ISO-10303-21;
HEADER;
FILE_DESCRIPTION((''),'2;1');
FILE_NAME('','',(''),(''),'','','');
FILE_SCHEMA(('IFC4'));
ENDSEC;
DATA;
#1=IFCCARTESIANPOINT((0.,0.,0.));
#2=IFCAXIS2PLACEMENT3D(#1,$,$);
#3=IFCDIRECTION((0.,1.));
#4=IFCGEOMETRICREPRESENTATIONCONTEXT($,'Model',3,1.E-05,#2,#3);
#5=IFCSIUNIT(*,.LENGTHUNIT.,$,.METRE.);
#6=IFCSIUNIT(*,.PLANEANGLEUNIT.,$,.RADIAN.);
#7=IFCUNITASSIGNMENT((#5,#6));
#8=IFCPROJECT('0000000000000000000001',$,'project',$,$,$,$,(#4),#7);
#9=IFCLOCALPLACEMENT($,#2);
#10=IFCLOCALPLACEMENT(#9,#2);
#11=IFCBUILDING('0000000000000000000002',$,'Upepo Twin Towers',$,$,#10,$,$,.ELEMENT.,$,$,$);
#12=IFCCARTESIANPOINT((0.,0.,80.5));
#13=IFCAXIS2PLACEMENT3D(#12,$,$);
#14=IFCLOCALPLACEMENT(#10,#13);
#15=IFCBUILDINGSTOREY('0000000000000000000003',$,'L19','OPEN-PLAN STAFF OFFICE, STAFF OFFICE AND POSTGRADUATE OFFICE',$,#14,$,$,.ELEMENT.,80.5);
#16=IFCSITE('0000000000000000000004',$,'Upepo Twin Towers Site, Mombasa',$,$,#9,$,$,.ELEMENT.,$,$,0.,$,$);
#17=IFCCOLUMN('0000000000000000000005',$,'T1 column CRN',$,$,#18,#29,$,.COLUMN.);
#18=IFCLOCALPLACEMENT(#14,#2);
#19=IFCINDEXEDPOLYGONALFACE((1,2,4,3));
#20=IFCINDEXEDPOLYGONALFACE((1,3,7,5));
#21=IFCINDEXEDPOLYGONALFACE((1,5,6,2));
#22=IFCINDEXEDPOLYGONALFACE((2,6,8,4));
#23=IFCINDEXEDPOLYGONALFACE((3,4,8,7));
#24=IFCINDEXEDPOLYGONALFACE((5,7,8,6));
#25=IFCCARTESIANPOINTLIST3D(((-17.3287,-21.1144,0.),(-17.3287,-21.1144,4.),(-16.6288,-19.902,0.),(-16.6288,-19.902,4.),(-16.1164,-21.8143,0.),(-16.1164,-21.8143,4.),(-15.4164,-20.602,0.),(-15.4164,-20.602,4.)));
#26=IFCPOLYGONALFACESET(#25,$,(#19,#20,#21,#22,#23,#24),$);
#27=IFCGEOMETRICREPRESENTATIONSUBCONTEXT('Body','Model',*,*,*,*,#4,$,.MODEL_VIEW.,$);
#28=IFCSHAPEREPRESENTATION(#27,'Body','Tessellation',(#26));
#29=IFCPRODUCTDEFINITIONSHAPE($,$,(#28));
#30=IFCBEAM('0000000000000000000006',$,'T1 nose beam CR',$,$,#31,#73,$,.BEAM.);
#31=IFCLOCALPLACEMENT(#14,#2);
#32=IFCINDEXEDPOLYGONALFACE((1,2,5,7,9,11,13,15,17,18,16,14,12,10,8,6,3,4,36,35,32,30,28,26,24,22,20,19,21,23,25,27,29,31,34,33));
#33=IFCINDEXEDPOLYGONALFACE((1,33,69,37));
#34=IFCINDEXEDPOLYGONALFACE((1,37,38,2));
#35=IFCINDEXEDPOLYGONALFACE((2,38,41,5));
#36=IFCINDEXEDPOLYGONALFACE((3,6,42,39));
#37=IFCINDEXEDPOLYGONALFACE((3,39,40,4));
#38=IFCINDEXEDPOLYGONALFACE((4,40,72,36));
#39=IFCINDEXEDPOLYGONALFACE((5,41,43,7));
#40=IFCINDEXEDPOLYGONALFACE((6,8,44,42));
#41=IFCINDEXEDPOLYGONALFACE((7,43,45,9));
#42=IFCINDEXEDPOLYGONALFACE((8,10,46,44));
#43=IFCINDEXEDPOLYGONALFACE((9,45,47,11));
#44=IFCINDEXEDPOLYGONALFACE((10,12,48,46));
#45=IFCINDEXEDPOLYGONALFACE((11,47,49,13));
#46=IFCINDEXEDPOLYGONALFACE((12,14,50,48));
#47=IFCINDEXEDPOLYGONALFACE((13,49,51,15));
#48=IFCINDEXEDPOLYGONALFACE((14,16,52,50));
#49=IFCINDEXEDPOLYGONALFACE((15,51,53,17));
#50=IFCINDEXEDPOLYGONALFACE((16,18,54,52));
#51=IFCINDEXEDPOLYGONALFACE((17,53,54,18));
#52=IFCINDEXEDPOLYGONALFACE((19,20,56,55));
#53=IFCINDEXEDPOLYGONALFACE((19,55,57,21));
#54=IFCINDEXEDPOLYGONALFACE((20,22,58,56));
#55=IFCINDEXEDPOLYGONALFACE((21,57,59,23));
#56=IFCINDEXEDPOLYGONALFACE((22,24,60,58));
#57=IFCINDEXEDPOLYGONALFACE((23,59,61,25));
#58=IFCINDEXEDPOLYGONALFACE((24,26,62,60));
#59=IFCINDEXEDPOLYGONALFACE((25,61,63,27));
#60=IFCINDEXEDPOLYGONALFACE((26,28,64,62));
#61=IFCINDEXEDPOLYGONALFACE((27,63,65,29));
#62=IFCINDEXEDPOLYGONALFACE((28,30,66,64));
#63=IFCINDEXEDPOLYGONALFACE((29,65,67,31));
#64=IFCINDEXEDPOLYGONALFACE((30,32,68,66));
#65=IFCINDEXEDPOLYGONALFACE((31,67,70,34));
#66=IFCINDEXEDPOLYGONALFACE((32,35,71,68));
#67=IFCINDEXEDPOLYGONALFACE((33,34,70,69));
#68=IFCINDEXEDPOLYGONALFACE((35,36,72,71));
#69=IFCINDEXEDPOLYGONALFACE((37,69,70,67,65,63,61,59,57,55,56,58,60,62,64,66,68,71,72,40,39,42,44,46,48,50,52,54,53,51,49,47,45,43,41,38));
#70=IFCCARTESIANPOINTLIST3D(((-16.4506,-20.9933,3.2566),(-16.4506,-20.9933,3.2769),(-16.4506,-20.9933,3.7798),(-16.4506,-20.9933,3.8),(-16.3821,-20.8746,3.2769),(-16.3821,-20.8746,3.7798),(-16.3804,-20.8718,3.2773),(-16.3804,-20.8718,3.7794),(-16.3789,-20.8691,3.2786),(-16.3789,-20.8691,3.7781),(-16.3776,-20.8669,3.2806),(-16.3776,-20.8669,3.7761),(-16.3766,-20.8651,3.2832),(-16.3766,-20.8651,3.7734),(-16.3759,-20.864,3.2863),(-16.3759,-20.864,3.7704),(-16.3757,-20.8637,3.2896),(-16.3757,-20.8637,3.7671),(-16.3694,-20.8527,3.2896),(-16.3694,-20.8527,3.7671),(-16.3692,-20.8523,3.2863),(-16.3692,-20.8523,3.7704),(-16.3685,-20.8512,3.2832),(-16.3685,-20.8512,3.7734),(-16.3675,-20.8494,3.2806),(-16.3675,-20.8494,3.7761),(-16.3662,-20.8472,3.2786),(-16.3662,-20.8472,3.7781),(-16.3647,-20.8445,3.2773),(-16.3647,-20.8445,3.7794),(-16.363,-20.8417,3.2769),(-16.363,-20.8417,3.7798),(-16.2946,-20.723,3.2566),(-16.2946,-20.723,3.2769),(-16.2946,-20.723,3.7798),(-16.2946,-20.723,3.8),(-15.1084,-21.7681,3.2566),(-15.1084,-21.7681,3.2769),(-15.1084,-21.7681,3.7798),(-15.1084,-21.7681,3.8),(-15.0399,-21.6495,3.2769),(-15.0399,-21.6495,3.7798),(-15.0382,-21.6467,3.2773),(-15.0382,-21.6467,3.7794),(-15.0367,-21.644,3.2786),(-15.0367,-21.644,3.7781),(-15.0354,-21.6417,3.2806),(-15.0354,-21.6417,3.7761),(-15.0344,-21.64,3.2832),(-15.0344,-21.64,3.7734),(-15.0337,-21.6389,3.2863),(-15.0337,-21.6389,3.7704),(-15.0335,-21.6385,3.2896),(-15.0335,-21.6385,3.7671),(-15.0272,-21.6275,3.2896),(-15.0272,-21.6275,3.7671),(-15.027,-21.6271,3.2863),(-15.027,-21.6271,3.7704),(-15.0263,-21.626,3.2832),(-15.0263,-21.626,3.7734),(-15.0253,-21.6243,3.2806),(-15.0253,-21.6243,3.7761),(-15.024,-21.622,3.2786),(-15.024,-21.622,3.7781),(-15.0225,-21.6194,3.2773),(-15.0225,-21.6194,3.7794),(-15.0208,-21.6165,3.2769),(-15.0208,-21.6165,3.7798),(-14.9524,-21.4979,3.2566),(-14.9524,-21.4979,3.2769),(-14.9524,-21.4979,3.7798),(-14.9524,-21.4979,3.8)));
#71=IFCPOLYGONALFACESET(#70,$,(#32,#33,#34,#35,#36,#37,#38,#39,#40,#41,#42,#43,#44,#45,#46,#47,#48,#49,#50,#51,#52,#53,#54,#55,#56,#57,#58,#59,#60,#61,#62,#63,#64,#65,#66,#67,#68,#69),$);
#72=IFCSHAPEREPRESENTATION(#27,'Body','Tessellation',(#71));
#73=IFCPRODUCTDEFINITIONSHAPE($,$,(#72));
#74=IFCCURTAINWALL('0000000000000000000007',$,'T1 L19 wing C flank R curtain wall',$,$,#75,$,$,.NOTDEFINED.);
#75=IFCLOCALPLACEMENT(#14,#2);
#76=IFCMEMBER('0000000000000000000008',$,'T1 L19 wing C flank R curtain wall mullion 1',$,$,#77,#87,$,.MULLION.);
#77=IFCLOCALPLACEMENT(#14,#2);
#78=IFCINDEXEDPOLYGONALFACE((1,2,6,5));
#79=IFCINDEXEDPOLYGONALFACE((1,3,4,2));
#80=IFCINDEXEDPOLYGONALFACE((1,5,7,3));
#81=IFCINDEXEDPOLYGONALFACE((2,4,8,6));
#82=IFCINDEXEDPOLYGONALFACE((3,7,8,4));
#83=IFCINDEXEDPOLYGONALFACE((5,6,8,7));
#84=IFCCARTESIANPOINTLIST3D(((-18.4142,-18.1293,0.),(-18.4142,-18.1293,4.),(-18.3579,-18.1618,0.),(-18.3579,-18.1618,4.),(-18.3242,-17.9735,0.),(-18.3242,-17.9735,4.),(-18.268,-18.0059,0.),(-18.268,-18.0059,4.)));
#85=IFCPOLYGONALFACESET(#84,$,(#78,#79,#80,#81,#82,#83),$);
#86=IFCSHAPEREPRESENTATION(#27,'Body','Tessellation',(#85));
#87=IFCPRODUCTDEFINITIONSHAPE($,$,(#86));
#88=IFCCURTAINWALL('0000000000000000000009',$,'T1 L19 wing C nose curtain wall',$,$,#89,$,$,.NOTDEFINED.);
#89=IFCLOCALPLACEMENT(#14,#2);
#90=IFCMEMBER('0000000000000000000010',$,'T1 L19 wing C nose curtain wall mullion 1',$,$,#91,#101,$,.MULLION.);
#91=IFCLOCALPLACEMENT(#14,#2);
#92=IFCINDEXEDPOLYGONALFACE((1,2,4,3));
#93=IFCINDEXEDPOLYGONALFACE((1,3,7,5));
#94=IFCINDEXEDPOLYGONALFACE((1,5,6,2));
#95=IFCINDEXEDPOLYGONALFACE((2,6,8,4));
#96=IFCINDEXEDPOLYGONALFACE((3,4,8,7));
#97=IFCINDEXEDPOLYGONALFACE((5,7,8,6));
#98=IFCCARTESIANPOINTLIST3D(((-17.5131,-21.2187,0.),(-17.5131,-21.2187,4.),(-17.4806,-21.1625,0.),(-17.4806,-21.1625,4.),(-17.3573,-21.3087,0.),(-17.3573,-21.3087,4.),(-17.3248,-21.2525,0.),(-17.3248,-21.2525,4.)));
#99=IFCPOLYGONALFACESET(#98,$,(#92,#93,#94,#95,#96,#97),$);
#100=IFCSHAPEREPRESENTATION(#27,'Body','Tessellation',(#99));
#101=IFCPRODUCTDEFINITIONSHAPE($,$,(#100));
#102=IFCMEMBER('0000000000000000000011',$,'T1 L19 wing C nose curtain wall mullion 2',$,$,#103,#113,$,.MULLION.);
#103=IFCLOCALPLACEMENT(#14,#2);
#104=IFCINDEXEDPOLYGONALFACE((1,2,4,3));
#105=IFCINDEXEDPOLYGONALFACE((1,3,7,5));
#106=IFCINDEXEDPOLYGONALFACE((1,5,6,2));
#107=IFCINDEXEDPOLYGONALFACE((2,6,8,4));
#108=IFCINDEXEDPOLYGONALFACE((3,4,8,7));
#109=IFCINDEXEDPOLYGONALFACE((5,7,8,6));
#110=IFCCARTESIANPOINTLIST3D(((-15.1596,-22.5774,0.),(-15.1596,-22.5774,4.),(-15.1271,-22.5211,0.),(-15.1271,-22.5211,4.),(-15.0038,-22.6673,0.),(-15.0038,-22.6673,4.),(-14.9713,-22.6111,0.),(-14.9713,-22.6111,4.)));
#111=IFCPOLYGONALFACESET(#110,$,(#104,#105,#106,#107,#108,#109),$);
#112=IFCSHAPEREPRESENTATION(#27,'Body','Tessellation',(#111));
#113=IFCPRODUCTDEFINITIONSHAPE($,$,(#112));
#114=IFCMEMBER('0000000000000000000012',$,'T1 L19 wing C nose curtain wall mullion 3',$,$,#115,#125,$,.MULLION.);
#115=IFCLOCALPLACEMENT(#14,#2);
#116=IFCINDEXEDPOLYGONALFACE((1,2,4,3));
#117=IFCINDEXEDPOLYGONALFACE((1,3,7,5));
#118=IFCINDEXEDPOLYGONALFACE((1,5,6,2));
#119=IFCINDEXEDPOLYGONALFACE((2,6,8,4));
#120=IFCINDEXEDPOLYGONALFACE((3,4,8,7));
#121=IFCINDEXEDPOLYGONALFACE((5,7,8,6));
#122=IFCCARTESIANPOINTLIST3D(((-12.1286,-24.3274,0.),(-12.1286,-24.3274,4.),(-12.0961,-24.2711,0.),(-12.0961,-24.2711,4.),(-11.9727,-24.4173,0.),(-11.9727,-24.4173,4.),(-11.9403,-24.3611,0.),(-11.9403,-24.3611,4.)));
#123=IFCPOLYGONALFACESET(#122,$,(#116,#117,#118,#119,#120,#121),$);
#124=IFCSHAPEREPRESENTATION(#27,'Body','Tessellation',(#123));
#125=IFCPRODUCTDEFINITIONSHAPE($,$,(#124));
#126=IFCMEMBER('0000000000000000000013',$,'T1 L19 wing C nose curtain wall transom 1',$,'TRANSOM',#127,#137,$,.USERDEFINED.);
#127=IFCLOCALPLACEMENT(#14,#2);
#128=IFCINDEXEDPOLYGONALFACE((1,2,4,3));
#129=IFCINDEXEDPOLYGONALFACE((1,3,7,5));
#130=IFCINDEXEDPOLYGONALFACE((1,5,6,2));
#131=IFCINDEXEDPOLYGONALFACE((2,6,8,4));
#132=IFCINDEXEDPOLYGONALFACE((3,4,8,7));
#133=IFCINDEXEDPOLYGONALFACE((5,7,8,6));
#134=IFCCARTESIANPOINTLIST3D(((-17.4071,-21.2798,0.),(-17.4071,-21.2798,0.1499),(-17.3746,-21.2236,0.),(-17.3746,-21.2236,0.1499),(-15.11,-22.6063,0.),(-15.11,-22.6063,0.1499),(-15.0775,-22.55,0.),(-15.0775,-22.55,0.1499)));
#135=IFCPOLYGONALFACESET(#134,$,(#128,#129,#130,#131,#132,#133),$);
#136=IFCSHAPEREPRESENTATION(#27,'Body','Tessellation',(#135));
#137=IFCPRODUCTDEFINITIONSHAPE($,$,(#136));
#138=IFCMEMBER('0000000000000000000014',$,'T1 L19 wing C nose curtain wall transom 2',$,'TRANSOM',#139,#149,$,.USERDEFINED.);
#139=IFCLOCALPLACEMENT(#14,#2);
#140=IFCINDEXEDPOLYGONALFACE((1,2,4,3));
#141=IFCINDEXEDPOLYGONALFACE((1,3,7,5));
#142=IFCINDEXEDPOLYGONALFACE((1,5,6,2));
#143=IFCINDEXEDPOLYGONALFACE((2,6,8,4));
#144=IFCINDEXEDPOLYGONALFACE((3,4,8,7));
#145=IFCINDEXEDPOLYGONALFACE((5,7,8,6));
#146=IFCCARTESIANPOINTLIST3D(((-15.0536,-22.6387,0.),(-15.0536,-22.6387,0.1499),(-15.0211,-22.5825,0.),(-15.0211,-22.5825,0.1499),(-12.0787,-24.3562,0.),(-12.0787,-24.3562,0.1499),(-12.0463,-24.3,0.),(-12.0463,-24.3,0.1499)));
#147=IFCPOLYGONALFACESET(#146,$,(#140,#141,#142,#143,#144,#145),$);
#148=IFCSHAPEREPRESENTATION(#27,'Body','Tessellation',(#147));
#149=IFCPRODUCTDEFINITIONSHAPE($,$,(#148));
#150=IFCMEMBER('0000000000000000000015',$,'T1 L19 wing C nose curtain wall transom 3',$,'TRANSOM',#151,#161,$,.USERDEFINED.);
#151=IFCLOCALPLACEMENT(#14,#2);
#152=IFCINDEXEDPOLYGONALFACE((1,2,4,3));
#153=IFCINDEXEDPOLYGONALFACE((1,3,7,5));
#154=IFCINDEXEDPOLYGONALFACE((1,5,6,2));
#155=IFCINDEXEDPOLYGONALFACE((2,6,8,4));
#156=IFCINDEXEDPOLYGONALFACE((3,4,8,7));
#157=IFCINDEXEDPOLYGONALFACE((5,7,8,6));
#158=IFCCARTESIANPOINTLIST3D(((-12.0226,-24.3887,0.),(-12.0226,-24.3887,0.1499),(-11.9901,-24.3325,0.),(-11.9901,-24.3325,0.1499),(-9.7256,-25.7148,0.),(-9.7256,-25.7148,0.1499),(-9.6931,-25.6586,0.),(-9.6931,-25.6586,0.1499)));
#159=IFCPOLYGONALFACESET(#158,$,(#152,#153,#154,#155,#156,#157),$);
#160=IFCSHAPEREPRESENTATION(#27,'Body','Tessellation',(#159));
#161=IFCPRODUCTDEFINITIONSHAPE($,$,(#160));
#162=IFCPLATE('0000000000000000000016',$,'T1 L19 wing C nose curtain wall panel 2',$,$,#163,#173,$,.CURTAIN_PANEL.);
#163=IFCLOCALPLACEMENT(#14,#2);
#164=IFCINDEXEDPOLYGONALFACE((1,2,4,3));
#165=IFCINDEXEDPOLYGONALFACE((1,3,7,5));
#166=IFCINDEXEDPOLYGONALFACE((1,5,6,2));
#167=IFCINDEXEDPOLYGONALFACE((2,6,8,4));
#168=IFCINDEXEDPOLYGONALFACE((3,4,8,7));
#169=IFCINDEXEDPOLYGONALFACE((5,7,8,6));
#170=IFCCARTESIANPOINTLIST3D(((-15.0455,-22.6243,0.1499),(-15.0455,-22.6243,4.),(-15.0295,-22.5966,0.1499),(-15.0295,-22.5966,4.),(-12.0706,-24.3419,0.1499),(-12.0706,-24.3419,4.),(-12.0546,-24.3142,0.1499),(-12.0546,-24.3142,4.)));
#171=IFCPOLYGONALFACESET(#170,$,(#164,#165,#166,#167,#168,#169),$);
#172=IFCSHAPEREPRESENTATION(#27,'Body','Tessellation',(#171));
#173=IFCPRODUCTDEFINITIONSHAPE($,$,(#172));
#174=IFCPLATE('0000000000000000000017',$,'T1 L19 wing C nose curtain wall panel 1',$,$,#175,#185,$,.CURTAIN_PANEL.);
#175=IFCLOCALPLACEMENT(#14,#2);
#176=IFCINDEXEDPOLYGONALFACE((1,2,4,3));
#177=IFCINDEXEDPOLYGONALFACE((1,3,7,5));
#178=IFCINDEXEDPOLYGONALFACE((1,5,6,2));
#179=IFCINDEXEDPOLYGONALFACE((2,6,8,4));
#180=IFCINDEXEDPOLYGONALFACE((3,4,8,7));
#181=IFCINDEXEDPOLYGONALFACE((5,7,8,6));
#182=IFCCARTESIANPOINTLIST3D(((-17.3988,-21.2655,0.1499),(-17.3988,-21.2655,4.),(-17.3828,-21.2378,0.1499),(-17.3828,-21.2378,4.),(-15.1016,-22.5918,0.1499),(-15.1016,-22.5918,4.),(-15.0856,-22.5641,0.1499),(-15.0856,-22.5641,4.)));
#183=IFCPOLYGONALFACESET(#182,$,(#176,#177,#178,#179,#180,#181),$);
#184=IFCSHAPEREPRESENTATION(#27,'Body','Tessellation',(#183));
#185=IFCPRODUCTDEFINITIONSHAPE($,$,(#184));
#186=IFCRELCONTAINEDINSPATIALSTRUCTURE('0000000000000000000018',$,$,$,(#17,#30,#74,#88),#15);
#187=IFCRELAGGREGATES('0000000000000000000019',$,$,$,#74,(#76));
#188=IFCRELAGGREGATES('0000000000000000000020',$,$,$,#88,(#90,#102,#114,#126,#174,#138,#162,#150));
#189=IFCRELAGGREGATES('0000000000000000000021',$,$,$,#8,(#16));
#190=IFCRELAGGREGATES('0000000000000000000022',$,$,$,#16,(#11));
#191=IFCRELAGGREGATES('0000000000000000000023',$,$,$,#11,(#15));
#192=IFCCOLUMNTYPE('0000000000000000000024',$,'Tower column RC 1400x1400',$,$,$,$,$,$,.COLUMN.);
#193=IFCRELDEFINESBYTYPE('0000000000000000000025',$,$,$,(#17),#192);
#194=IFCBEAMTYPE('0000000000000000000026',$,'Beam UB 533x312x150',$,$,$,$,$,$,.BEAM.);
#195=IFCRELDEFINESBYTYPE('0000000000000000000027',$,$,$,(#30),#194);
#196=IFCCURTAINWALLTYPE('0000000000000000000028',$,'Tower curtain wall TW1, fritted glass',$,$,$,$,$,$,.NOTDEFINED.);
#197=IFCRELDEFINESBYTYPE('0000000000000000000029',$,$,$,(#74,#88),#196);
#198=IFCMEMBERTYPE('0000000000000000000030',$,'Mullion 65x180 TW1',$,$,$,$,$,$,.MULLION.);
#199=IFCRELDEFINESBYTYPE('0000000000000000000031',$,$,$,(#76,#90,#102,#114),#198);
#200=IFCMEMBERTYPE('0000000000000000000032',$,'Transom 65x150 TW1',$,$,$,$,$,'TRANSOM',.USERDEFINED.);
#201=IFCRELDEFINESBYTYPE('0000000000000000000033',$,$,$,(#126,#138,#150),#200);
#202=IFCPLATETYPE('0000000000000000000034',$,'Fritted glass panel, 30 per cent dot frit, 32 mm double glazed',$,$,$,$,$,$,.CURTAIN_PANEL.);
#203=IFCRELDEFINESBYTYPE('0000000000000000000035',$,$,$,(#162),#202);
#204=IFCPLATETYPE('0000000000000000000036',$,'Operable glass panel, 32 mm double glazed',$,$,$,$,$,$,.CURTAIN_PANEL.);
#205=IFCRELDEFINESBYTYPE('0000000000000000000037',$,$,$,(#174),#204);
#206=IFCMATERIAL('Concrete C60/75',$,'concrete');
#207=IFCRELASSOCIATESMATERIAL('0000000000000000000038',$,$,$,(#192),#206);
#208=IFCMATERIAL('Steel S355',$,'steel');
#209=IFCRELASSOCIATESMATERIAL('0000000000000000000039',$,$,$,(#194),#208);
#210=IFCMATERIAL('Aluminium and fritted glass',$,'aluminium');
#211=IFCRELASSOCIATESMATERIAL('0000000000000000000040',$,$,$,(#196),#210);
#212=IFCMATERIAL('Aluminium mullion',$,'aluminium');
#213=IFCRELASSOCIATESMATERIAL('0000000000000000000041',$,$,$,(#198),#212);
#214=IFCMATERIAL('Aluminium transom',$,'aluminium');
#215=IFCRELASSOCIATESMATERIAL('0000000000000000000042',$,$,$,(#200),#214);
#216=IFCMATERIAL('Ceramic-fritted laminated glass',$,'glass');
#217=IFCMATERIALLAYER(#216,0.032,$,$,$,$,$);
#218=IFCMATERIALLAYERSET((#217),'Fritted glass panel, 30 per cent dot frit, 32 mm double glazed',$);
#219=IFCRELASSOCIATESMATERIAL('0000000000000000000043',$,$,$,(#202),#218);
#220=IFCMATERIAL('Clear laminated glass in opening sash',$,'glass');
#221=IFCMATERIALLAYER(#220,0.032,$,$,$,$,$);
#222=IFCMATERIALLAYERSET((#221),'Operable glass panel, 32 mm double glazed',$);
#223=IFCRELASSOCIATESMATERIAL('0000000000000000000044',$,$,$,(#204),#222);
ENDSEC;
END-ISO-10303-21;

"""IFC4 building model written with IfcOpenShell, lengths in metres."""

from ifc_helpers import new_model, si_unit, direction, frame, origin, origin_2d, place, context, subcontext, project, spatial, rectangle, i_section, extrude, material, layer, layer_set, material_profile, profile_set, type_object, element, aggregate, save


model = new_model("IFC4")

# Units and contexts
model_context = context("Model", 3, precision=1e-05, world=origin(), true_north=direction((0.0, 1.0)))
body_context = subcontext(model_context, "Body", "Model", "MODEL_VIEW")
ifc_project = project(units=[si_unit("LENGTHUNIT", "METRE"), si_unit("PLANEANGLEUNIT", "RADIAN")], contexts=[model_context])

# Site, building, storey
site_placement = place(None, origin())
site = spatial("IfcSite", under=ifc_project, at=site_placement, Name="Upepo Twin Towers Site, Mombasa", CompositionType="ELEMENT", RefElevation=0.0)
building_placement = place(site_placement, origin())
building = spatial("IfcBuilding", under=site, at=building_placement, Name="Upepo Twin Towers", CompositionType="ELEMENT")
storey_placement = place(building_placement, frame((0.0, 0.0, 80.5)))
storey = spatial("IfcBuildingStorey", under=building, at=storey_placement, Name="L19", Description="OPEN-PLAN STAFF OFFICE, STAFF OFFICE AND POSTGRADUATE OFFICE", CompositionType="ELEMENT", Elevation=80.5)

# Column
ifc_material_1 = material(Name="Concrete C60/75", Category="concrete")
ifc_material_profile_1 = material_profile(ifc_material_1, rectangle(XDim=1.3999, YDim=1.3999, at=origin_2d()), Name="RC 1400x1400")
ifc_profile_set_1 = profile_set([ifc_material_profile_1], Name="Concrete C60/75")
column_type = type_object("IfcColumnType", Name="Tower column RC 1400x1400", PredefinedType="COLUMN", material=ifc_profile_set_1)
column_placement = place(storey_placement, frame((-16.3726, -20.8582, 0.0), z_axis=(0.0, 0.0, 1.0), x_axis=(0.5, 0.866025, 0.0)))
element("IfcColumn", 1, at=column_placement, inside=storey, type_object=column_type, Name="T1 column CRN", PredefinedType="COLUMN", context=body_context, shape_type="SweptSolid", body=[
    extrude(rectangle(XDim=1.3999, YDim=1.3999, at=origin_2d()), origin(), (0.0, 0.0, 1.0), 4.0),
])

# Beam
ifc_material_2 = material(Name="Steel S355", Category="steel")
ifc_material_profile_2 = material_profile(ifc_material_2, i_section(OverallWidth=0.312, OverallDepth=0.5435, WebThickness=0.0127, FlangeThickness=0.0203, FilletRadius=0.0127, at=origin_2d()), Name="UB 533x312x150")
ifc_profile_set_2 = profile_set([ifc_material_profile_2], Name="Steel S355")
beam_type = type_object("IfcBeamType", Name="Beam UB 533x312x150", PredefinedType="BEAM", material=ifc_profile_set_2)
beam_placement = place(storey_placement, frame((-16.3726, -20.8582, 3.5283), z_axis=(0.866044, -0.499968, 0.0), x_axis=(0.499968, 0.866044, 0.0)))
element("IfcBeam", 2, at=beam_placement, inside=storey, type_object=beam_type, Name="T1 nose beam CR", PredefinedType="BEAM", context=body_context, shape_type="SweptSolid", body=[
    extrude(i_section(OverallWidth=0.312, OverallDepth=0.5435, WebThickness=0.0127, FlangeThickness=0.0203, FilletRadius=0.0127, at=origin_2d()), origin(), (0.0, 0.0, 1.0), 1.5498),
])

# Curtain wall, member
ifc_material_3 = material(Name="Aluminium and fritted glass", Category="aluminium")
curtain_wall_type = type_object("IfcCurtainWallType", Name="Tower curtain wall TW1, fritted glass", PredefinedType="NOTDEFINED", material=ifc_material_3)
curtain_wall_1_placement = place(storey_placement, origin())
curtain_wall_1 = element("IfcCurtainWall", 3, at=curtain_wall_1_placement, inside=storey, type_object=curtain_wall_type, Name="T1 L19 wing C flank R curtain wall", PredefinedType="NOTDEFINED")
ifc_material_4 = material(Name="Aluminium mullion", Category="aluminium")
ifc_material_profile_3 = material_profile(ifc_material_4, rectangle(XDim=0.0649, YDim=0.1799, at=origin_2d()), Name="MULLION 65x180")
ifc_profile_set_3 = profile_set([ifc_material_profile_3], Name="Aluminium mullion")
member_type_1 = type_object("IfcMemberType", Name="Mullion 65x180 TW1", PredefinedType="MULLION", material=ifc_profile_set_3)
member_1_placement = place(storey_placement, frame((-18.3411, -18.0676, 0.0), z_axis=(0.0, 0.0, 1.0), x_axis=(-0.866025, 0.5, 0.0)))
member_1 = element("IfcMember", 4, at=member_1_placement, type_object=member_type_1, Name="T1 L19 wing C flank R curtain wall mullion 1", PredefinedType="MULLION", context=body_context, shape_type="SweptSolid", body=[
    extrude(rectangle(XDim=0.0649, YDim=0.1799, at=origin_2d()), origin(), (0.0, 0.0, 1.0), 4.0),
])
aggregate(curtain_wall_1, [member_1])

# Curtain wall, members, plates
curtain_wall_2_placement = place(storey_placement, origin())
curtain_wall_2 = element("IfcCurtainWall", 5, at=curtain_wall_2_placement, inside=storey, type_object=curtain_wall_type, Name="T1 L19 wing C nose curtain wall", PredefinedType="NOTDEFINED")
member_2_placement = place(storey_placement, frame((-17.4189, -21.2356, 0.0), z_axis=(0.0, 0.0, 1.0), x_axis=(0.5, 0.866025, 0.0)))
member_2 = element("IfcMember", 6, at=member_2_placement, type_object=member_type_1, Name="T1 L19 wing C nose curtain wall mullion 1", PredefinedType="MULLION", context=body_context, shape_type="SweptSolid", body=[
    extrude(rectangle(XDim=0.0649, YDim=0.1799, at=origin_2d()), origin(), (0.0, 0.0, 1.0), 4.0),
])
member_3_placement = place(storey_placement, frame((-15.0654, -22.5942, 0.0), z_axis=(0.0, 0.0, 1.0), x_axis=(0.5, 0.866025, 0.0)))
member_3 = element("IfcMember", 7, at=member_3_placement, type_object=member_type_1, Name="T1 L19 wing C nose curtain wall mullion 2", PredefinedType="MULLION", context=body_context, shape_type="SweptSolid", body=[
    extrude(rectangle(XDim=0.0649, YDim=0.1799, at=origin_2d()), origin(), (0.0, 0.0, 1.0), 4.0),
])
member_4_placement = place(storey_placement, frame((-12.0344, -24.3442, 0.0), z_axis=(0.0, 0.0, 1.0), x_axis=(0.5, 0.866025, 0.0)))
member_4 = element("IfcMember", 8, at=member_4_placement, type_object=member_type_1, Name="T1 L19 wing C nose curtain wall mullion 3", PredefinedType="MULLION", context=body_context, shape_type="SweptSolid", body=[
    extrude(rectangle(XDim=0.0649, YDim=0.1799, at=origin_2d()), origin(), (0.0, 0.0, 1.0), 4.0),
])
ifc_material_5 = material(Name="Aluminium transom", Category="aluminium")
ifc_material_profile_4 = material_profile(ifc_material_5, rectangle(XDim=0.0649, YDim=0.1499, at=origin_2d()), Name="TRANSOM 65x150")
ifc_profile_set_4 = profile_set([ifc_material_profile_4], Name="Aluminium transom")
member_type_2 = type_object("IfcMemberType", Name="Transom 65x150 TW1", ElementType="TRANSOM", PredefinedType="USERDEFINED", material=ifc_profile_set_4)
member_5_placement = place(storey_placement, frame((-17.3909, -21.2517, 0.075), z_axis=(0.865997, -0.500049, 0.0), x_axis=(0.500049, 0.865997, 0.0)))
member_5 = element("IfcMember", 9, at=member_5_placement, type_object=member_type_2, Name="T1 L19 wing C nose curtain wall transom 1", ObjectType="TRANSOM", PredefinedType="USERDEFINED", context=body_context, shape_type="SweptSolid", body=[
    extrude(rectangle(XDim=0.0649, YDim=0.1499, at=origin_2d()), origin(), (0.0, 0.0, 1.0), 2.6526),
])
member_6_placement = place(storey_placement, frame((-15.0374, -22.6106, 0.075), z_axis=(0.866026, -0.499999, 0.0), x_axis=(0.499999, 0.866026, 0.0)))
member_6 = element("IfcMember", 10, at=member_6_placement, type_object=member_type_2, Name="T1 L19 wing C nose curtain wall transom 2", ObjectType="TRANSOM", PredefinedType="USERDEFINED", context=body_context, shape_type="SweptSolid", body=[
    extrude(rectangle(XDim=0.0649, YDim=0.1499, at=origin_2d()), origin(), (0.0, 0.0, 1.0), 3.4351),
])
member_7_placement = place(storey_placement, frame((-12.0063, -24.3606, 0.075), z_axis=(0.866037, -0.49998, 0.0), x_axis=(0.49998, 0.866037, 0.0)))
member_7 = element("IfcMember", 11, at=member_7_placement, type_object=member_type_2, Name="T1 L19 wing C nose curtain wall transom 3", ObjectType="TRANSOM", PredefinedType="USERDEFINED", context=body_context, shape_type="SweptSolid", body=[
    extrude(rectangle(XDim=0.0649, YDim=0.1499, at=origin_2d()), origin(), (0.0, 0.0, 1.0), 2.6523),
])
ifc_material_6 = material(Name="Ceramic-fritted laminated glass", Category="glass")
ifc_layer_1 = layer(ifc_material_6, 0.032)
ifc_layer_set_1 = layer_set([ifc_layer_1], Name="Fritted glass panel, 30 per cent dot frit, 32 mm double glazed")
plate_type_1 = type_object("IfcPlateType", Name="Fritted glass panel, 30 per cent dot frit, 32 mm double glazed", PredefinedType="CURTAIN_PANEL", material=ifc_layer_set_1)
plate_1_placement = place(storey_placement, frame((-13.55, -23.4692, 0.1499), z_axis=(0.0, 0.0, 1.0), x_axis=(0.866025, -0.5, 0.0)))
plate_1 = element("IfcPlate", 12, at=plate_1_placement, type_object=plate_type_1, Name="T1 L19 wing C nose curtain wall panel 2", PredefinedType="CURTAIN_PANEL", context=body_context, shape_type="SweptSolid", body=[
    extrude(rectangle(XDim=3.4351, YDim=0.032, at=origin_2d()), origin(), (0.0, 0.0, 1.0), 3.8501),
])
ifc_material_7 = material(Name="Clear laminated glass in opening sash", Category="glass")
ifc_layer_2 = layer(ifc_material_7, 0.032)
ifc_layer_set_2 = layer_set([ifc_layer_2], Name="Operable glass panel, 32 mm double glazed")
plate_type_2 = type_object("IfcPlateType", Name="Operable glass panel, 32 mm double glazed", PredefinedType="CURTAIN_PANEL", material=ifc_layer_set_2)
plate_2_placement = place(storey_placement, frame((-16.2422, -21.9148, 0.1499), z_axis=(0.0, 0.0, 1.0), x_axis=(0.866025, -0.5, 0.0)))
plate_2 = element("IfcPlate", 13, at=plate_2_placement, type_object=plate_type_2, Name="T1 L19 wing C nose curtain wall panel 1", PredefinedType="CURTAIN_PANEL", context=body_context, shape_type="SweptSolid", body=[
    extrude(rectangle(XDim=2.6526, YDim=0.032, at=origin_2d()), origin(), (0.0, 0.0, 1.0), 3.8501),
])
aggregate(curtain_wall_2, [member_2, member_3, member_4, member_5, plate_2, member_6, plate_1, member_7])

save(model, "model.ifc")
